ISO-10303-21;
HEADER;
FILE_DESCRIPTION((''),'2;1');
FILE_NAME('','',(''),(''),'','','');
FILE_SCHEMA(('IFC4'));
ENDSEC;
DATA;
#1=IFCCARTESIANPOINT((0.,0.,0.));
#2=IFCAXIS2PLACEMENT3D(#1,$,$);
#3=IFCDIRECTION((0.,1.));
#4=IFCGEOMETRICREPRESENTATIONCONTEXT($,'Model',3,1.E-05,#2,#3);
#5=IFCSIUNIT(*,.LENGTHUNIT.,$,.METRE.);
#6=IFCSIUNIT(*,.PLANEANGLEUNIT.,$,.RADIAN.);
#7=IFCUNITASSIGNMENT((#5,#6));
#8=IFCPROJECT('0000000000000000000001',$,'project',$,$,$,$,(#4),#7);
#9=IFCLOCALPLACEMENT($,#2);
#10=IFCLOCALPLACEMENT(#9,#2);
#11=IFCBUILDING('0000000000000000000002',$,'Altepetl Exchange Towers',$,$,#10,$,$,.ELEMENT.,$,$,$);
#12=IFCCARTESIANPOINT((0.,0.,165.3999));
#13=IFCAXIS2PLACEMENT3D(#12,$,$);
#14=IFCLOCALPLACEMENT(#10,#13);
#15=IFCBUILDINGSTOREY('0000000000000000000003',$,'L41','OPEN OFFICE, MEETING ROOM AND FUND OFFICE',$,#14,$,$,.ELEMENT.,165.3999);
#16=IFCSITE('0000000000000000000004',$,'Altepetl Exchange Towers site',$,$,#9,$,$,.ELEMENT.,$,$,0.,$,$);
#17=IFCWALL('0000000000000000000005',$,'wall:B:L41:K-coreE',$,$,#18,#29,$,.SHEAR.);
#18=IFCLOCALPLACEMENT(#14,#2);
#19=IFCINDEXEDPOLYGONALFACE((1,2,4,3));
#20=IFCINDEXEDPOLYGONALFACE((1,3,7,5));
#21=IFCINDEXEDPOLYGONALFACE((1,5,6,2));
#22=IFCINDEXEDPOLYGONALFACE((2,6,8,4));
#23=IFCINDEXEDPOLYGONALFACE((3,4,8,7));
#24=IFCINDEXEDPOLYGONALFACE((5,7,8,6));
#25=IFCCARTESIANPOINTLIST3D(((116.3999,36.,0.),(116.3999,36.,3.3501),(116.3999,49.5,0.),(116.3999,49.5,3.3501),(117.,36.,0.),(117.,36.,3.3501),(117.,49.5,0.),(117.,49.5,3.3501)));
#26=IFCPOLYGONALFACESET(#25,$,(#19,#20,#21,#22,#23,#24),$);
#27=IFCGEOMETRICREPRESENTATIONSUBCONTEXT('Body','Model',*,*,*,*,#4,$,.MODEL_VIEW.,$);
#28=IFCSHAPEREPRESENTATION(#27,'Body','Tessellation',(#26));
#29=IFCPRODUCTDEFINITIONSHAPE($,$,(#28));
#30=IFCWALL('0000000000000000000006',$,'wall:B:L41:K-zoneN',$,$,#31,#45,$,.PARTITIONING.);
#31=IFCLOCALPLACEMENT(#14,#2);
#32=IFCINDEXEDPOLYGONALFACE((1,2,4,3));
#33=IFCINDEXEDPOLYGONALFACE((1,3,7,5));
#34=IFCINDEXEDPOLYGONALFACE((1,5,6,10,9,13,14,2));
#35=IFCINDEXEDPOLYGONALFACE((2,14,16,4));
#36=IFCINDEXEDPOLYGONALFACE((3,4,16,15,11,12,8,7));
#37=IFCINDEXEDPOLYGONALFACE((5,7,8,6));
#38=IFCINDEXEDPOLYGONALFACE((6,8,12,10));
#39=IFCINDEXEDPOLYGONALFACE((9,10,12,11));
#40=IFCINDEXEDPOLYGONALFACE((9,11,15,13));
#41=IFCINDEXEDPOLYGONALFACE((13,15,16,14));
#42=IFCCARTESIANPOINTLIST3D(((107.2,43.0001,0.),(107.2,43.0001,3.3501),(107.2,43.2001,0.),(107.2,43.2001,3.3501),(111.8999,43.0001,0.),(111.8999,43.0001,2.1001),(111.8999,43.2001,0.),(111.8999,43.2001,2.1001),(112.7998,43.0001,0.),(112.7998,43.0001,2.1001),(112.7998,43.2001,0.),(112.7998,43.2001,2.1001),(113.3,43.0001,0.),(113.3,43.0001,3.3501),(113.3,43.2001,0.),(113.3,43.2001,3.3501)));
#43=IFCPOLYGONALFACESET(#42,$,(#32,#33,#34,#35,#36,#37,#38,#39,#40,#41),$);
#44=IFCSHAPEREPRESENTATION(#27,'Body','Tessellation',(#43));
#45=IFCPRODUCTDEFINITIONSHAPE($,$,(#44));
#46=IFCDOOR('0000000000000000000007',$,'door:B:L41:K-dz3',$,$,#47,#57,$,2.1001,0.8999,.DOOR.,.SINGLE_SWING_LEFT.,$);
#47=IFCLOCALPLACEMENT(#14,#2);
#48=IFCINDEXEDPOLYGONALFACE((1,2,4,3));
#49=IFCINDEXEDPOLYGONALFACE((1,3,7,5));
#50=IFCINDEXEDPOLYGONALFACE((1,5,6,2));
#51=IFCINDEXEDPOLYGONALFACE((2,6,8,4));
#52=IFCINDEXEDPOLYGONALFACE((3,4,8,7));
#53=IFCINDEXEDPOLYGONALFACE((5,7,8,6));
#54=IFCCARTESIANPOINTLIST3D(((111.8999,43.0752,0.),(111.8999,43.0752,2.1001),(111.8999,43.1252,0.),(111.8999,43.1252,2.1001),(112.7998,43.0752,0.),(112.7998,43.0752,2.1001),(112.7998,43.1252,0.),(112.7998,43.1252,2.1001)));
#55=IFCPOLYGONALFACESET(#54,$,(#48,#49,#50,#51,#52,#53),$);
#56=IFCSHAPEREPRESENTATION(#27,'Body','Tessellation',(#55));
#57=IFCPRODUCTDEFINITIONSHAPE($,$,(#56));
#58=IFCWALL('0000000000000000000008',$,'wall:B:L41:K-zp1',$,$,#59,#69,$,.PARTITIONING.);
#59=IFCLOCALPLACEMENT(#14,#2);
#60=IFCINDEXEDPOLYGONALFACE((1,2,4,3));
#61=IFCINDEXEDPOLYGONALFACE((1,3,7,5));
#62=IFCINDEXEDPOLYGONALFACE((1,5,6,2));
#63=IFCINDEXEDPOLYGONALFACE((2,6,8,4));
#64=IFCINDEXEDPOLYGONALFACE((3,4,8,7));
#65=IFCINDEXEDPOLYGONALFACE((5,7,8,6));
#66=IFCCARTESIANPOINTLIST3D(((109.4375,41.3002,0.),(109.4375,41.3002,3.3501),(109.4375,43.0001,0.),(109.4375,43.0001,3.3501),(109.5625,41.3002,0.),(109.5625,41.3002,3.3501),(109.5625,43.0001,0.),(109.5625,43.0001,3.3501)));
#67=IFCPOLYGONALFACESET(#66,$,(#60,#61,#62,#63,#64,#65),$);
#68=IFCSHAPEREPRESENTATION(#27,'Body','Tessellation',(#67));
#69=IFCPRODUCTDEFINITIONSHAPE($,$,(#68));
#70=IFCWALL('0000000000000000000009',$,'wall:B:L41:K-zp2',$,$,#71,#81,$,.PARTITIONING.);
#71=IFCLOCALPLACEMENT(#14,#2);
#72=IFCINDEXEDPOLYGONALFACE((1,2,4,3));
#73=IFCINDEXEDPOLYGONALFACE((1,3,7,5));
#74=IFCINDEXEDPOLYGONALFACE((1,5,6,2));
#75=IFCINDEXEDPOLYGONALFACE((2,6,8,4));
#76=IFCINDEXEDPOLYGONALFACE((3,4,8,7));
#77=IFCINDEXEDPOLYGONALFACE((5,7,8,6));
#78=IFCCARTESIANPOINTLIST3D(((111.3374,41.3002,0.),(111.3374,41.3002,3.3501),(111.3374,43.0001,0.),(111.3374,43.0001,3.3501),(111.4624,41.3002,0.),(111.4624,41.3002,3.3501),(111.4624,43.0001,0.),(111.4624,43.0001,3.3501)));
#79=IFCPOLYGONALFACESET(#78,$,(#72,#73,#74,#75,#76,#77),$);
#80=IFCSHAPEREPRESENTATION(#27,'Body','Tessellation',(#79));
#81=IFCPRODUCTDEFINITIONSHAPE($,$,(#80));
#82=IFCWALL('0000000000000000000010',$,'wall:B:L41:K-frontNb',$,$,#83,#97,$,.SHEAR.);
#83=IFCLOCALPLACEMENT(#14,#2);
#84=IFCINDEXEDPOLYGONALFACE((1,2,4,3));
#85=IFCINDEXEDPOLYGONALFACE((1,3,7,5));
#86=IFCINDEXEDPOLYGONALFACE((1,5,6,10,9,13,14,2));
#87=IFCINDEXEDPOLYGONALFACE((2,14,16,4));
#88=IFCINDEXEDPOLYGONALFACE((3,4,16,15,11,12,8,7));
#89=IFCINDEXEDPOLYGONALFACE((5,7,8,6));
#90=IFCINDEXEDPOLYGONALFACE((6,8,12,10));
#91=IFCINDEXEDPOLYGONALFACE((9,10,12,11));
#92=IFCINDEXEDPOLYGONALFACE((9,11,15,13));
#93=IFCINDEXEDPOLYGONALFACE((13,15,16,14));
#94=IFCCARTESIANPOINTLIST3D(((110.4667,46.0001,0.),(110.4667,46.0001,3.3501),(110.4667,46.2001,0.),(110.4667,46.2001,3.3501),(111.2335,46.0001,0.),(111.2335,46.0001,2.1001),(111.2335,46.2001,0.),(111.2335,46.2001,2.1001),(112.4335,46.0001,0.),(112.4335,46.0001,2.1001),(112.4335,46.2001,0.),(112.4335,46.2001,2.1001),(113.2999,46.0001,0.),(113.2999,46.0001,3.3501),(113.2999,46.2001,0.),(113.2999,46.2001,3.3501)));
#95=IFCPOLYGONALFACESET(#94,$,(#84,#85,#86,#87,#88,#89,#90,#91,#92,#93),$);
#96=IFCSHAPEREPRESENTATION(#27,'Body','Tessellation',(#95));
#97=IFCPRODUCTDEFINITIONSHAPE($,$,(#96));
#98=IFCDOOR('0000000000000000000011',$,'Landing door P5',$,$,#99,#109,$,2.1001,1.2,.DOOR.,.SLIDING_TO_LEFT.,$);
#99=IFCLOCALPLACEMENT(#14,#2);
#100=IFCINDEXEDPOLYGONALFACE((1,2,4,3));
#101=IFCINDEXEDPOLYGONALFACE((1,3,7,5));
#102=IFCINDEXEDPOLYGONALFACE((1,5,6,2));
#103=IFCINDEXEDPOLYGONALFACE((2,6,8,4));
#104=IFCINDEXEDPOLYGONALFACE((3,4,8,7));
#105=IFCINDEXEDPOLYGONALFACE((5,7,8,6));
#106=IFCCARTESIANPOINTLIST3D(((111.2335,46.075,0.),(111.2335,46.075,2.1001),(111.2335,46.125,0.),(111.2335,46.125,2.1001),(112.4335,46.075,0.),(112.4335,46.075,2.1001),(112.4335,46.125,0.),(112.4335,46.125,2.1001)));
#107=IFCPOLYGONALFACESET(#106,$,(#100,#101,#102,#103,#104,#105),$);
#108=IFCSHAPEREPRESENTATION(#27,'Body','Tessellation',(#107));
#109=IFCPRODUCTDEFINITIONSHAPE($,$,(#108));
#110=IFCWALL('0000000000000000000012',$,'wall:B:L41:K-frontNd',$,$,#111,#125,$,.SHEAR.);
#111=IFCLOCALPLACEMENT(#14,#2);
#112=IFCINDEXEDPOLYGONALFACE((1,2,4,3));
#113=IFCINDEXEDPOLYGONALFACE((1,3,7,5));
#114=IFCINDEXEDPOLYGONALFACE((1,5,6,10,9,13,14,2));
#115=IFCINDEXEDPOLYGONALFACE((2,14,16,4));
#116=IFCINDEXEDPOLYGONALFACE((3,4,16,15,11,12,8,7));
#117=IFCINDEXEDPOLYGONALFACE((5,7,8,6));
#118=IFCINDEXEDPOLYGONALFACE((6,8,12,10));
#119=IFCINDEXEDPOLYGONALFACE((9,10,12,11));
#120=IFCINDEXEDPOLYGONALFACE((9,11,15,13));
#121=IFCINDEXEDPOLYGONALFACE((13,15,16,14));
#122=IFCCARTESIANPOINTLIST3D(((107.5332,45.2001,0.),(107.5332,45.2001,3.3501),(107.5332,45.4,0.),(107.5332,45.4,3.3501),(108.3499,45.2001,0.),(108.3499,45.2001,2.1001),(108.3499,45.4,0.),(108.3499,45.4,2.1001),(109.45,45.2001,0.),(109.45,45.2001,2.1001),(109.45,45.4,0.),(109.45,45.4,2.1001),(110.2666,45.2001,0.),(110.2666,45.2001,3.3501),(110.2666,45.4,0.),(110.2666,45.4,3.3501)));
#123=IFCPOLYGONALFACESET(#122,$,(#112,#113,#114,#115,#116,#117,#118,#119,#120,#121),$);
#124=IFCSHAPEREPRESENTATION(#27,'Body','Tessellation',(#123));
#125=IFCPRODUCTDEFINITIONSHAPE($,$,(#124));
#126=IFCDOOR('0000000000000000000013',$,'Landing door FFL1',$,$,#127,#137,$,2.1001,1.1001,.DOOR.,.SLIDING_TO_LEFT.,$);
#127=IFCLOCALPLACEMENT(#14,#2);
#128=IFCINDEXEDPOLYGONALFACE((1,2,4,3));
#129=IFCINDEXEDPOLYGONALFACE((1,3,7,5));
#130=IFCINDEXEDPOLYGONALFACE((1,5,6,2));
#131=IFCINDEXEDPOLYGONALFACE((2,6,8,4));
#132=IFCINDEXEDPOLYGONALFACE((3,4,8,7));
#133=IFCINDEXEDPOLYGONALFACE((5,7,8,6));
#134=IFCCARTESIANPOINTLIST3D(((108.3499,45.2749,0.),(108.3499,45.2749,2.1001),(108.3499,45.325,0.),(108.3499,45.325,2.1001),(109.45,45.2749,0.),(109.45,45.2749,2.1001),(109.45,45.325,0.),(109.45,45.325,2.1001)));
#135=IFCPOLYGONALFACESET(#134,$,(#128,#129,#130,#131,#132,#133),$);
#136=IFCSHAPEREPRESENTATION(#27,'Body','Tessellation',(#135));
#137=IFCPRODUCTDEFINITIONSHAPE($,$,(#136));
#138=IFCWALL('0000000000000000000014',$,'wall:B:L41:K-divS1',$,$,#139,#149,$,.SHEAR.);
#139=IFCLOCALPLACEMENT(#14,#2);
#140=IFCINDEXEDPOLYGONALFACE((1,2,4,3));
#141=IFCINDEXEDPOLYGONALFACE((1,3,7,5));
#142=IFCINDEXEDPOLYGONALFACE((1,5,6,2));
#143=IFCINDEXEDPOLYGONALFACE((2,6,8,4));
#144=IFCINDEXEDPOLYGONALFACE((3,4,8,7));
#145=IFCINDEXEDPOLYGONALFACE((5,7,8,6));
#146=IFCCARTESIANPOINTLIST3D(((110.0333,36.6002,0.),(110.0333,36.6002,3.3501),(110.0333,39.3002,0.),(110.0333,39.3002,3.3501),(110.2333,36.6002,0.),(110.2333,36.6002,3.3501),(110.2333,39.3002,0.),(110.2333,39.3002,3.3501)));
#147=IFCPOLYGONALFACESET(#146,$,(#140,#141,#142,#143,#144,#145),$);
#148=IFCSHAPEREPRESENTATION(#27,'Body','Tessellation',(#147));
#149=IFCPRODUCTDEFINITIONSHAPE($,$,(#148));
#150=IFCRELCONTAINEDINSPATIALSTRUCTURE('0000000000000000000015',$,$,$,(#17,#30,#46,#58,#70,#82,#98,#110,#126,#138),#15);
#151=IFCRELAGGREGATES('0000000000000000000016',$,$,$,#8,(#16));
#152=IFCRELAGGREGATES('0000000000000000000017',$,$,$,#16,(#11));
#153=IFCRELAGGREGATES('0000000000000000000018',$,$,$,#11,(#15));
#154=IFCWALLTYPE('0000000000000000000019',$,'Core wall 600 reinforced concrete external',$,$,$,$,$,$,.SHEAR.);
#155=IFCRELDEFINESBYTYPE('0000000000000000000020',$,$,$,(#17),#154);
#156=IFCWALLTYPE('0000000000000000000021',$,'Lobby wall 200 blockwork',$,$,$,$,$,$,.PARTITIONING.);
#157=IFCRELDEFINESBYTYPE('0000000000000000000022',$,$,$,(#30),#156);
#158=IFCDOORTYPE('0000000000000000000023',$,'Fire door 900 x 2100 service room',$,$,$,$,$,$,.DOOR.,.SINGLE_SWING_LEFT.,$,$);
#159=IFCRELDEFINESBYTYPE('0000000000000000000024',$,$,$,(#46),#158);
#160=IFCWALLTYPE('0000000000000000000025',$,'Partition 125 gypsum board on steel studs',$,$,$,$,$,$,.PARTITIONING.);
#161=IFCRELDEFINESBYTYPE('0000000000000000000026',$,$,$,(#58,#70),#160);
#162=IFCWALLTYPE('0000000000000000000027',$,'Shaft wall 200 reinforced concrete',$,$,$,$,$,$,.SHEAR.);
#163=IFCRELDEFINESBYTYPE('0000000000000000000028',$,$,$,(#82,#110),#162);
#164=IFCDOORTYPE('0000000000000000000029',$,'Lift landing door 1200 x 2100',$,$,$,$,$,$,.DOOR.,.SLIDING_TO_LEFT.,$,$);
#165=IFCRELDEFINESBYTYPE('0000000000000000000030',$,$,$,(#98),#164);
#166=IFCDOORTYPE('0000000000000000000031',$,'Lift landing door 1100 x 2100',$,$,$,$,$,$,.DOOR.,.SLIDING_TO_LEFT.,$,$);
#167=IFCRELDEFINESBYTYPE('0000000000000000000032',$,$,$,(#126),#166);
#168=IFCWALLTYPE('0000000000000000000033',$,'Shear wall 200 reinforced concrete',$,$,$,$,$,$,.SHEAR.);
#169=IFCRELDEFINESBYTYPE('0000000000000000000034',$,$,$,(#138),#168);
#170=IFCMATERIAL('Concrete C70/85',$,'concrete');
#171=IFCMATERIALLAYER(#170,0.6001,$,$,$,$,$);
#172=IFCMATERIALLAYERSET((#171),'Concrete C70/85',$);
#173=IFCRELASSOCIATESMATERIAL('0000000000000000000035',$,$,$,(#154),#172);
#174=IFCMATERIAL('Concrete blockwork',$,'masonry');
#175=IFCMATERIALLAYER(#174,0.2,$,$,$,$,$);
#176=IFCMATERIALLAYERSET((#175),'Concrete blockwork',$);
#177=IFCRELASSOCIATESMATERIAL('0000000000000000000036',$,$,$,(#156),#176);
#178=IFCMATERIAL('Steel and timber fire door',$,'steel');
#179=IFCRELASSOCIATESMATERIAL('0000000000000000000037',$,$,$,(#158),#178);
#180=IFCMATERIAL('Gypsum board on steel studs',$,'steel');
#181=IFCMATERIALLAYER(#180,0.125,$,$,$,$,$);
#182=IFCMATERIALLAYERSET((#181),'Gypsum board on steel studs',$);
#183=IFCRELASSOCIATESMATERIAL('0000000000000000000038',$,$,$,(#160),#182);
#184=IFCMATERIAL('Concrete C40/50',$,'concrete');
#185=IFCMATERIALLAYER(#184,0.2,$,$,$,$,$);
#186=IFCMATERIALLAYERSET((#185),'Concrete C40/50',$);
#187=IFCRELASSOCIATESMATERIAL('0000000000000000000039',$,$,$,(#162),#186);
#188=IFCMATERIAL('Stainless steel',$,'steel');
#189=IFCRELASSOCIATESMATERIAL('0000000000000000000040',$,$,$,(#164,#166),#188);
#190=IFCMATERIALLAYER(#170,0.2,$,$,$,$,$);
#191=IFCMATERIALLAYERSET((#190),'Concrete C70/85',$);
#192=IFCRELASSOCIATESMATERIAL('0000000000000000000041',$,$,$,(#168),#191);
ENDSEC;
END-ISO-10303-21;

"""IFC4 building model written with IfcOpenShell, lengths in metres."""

from ifc_helpers import new_model, si_unit, direction, frame, frame_2d, origin, place, context, subcontext, project, spatial, rectangle, extrude, material, layer, layer_set, type_object, element, fill, save


model = new_model("IFC4")

# Units and contexts
model_context = context("Model", 3, precision=1e-05, world=origin(), true_north=direction((0.0, 1.0)))
body_context = subcontext(model_context, "Body", "Model", "MODEL_VIEW")
ifc_project = project(units=[si_unit("LENGTHUNIT", "METRE"), si_unit("PLANEANGLEUNIT", "RADIAN")], contexts=[model_context])

# Site, building, storey
site_placement = place(None, origin())
site = spatial("IfcSite", under=ifc_project, at=site_placement, Name="Altepetl Exchange Towers site", CompositionType="ELEMENT", RefElevation=0.0)
building_placement = place(site_placement, origin())
building = spatial("IfcBuilding", under=site, at=building_placement, Name="Altepetl Exchange Towers", CompositionType="ELEMENT")
storey_placement = place(building_placement, frame((0.0, 0.0, 165.3999)))
storey = spatial("IfcBuildingStorey", under=building, at=storey_placement, Name="L41", Description="OPEN OFFICE, MEETING ROOM AND FUND OFFICE", CompositionType="ELEMENT", Elevation=165.3999)

# Wall
ifc_material_1 = material(Name="Concrete C70/85", Category="concrete")
ifc_layer_1 = layer(ifc_material_1, 0.6001)
ifc_layer_set_1 = layer_set([ifc_layer_1], Name="Concrete C70/85")
wall_type_1 = type_object("IfcWallType", Name="Core wall 600 reinforced concrete external", PredefinedType="SHEAR", material=ifc_layer_set_1)
wall_1_placement = place(storey_placement, frame((116.7, 36.0, 0.0), z_axis=(0.0, 0.0, 1.0), x_axis=(0.0, 1.0, 0.0)))
element("IfcWall", 1, at=wall_1_placement, inside=storey, type_object=wall_type_1, Name="wall:B:L41:K-coreE", PredefinedType="SHEAR", context=body_context, shape_type="SweptSolid", body=[
    extrude(rectangle(XDim=13.5, YDim=0.6001, at=frame_2d((6.75, 0.0))), origin(), (0.0, 0.0, 1.0), 3.3501),
])

# Wall, opening, door
ifc_material_2 = material(Name="Concrete blockwork", Category="masonry")
ifc_layer_2 = layer(ifc_material_2, 0.2)
ifc_layer_set_2 = layer_set([ifc_layer_2], Name="Concrete blockwork")
wall_type_2 = type_object("IfcWallType", Name="Lobby wall 200 blockwork", PredefinedType="PARTITIONING", material=ifc_layer_set_2)
wall_2_placement = place(storey_placement, frame((107.2, 43.1001, 0.0)))
wall_2 = element("IfcWall", 2, at=wall_2_placement, inside=storey, type_object=wall_type_2, Name="wall:B:L41:K-zoneN", PredefinedType="PARTITIONING", context=body_context, shape_type="SweptSolid", body=[
    extrude(rectangle(XDim=6.1001, YDim=0.2, at=frame_2d((3.05, 0.0))), origin(), (0.0, 0.0, 1.0), 3.3501),
])
opening_1_placement = place(wall_2_placement, frame((4.7, 0.0, 0.0)))
opening_1 = element("IfcOpeningElement", 3, at=opening_1_placement, cuts=wall_2, PredefinedType="OPENING", context=body_context, shape_type="SweptSolid", body=[
    extrude(rectangle(XDim=0.8999, YDim=2.1001, at=frame_2d((0.45, 1.05))), frame((0.0, 0.1099, 0.0), z_axis=(0.0, -1.0, 0.0), x_axis=(1.0, 0.0, 0.0)), (0.0, 0.0, 1.0), 0.22),
])
ifc_material_3 = material(Name="Steel and timber fire door", Category="steel")
door_type_1 = type_object("IfcDoorType", Name="Fire door 900 x 2100 service room", OperationType="SINGLE_SWING_LEFT", PredefinedType="DOOR", material=ifc_material_3)
door_1_placement = place(opening_1_placement, frame((0.8999, 0.0, 0.0), x_axis=(-1.0, 0.0, 0.0)))
door_1 = element("IfcDoor", 4, at=door_1_placement, inside=storey, type_object=door_type_1, Name="door:B:L41:K-dz3", OperationType="SINGLE_SWING_LEFT", OverallHeight=2.1001, OverallWidth=0.8999, PredefinedType="DOOR", context=body_context, shape_type="SweptSolid", body=[
    extrude(rectangle(XDim=0.8999, YDim=2.1001, at=frame_2d((0.45, 1.05))), frame((0.0, 0.0249, 0.0), z_axis=(0.0, -1.0, 0.0), x_axis=(1.0, 0.0, 0.0)), (0.0, 0.0, 1.0), 0.05),
])
fill(opening_1, door_1)

# Walls
ifc_material_4 = material(Name="Gypsum board on steel studs", Category="steel")
ifc_layer_3 = layer(ifc_material_4, 0.125)
ifc_layer_set_3 = layer_set([ifc_layer_3], Name="Gypsum board on steel studs")
wall_type_3 = type_object("IfcWallType", Name="Partition 125 gypsum board on steel studs", PredefinedType="PARTITIONING", material=ifc_layer_set_3)
for number, where, z_axis, x_axis, name in (
    (5, (109.5, 41.3, 0.0), (0.0, 0.0, 1.0), (0.0, 1.0, 0.0), "wall:B:L41:K-zp1"),
    (6, (111.3999, 41.3, 0.0), (0.0, 0.0, 1.0), (0.0, 1.0, 0.0), "wall:B:L41:K-zp2"),
):
    element("IfcWall", number, at=place(storey_placement, frame(where, z_axis=z_axis, x_axis=x_axis)), inside=storey, type_object=wall_type_3, Name=name, PredefinedType="PARTITIONING", context=body_context, shape_type="SweptSolid", body=[
        extrude(rectangle(XDim=1.7, YDim=0.125, at=frame_2d((0.8501, 0.0))), origin(), (0.0, 0.0, 1.0), 3.3501),
    ])

# Walls, openings, doors
ifc_material_5 = material(Name="Concrete C40/50", Category="concrete")
ifc_layer_4 = layer(ifc_material_5, 0.2)
ifc_layer_set_4 = layer_set([ifc_layer_4], Name="Concrete C40/50")
wall_type_4 = type_object("IfcWallType", Name="Shaft wall 200 reinforced concrete", PredefinedType="SHEAR", material=ifc_layer_set_4)
wall_3_placement = place(storey_placement, frame((110.4668, 46.1001, 0.0)))
wall_3 = element("IfcWall", 7, at=wall_3_placement, inside=storey, type_object=wall_type_4, Name="wall:B:L41:K-frontNb", PredefinedType="SHEAR", context=body_context, shape_type="SweptSolid", body=[
    extrude(rectangle(XDim=2.8333, YDim=0.2, at=frame_2d((1.4165, 0.0))), origin(), (0.0, 0.0, 1.0), 3.3501),
])
opening_2_placement = place(wall_3_placement, frame((0.7666, 0.0, 0.0)))
opening_2 = element("IfcOpeningElement", 8, at=opening_2_placement, cuts=wall_3, PredefinedType="OPENING", context=body_context, shape_type="SweptSolid", body=[
    extrude(rectangle(XDim=1.2, YDim=2.1001, at=frame_2d((0.6001, 1.05))), frame((0.0, 0.1099, 0.0), z_axis=(0.0, -1.0, 0.0), x_axis=(1.0, 0.0, 0.0)), (0.0, 0.0, 1.0), 0.22),
])
ifc_material_6 = material(Name="Stainless steel", Category="steel")
door_type_2 = type_object("IfcDoorType", Name="Lift landing door 1200 x 2100", OperationType="SLIDING_TO_LEFT", PredefinedType="DOOR", material=ifc_material_6)
door_2_placement = place(opening_2_placement, origin())
door_2 = element("IfcDoor", 9, at=door_2_placement, inside=storey, type_object=door_type_2, Name="Landing door P5", OperationType="SLIDING_TO_LEFT", OverallHeight=2.1001, OverallWidth=1.2, PredefinedType="DOOR", context=body_context, shape_type="SweptSolid", body=[
    extrude(rectangle(XDim=1.2, YDim=2.1001, at=frame_2d((0.6001, 1.05))), frame((0.0, 0.0249, 0.0), z_axis=(0.0, -1.0, 0.0), x_axis=(1.0, 0.0, 0.0)), (0.0, 0.0, 1.0), 0.05),
])
fill(opening_2, door_2)
wall_4_placement = place(storey_placement, frame((107.5332, 45.3, 0.0)))
wall_4 = element("IfcWall", 10, at=wall_4_placement, inside=storey, type_object=wall_type_4, Name="wall:B:L41:K-frontNd", PredefinedType="SHEAR", context=body_context, shape_type="SweptSolid", body=[
    extrude(rectangle(XDim=2.7334, YDim=0.2, at=frame_2d((1.3667, 0.0))), origin(), (0.0, 0.0, 1.0), 3.3501),
])
opening_3_placement = place(wall_4_placement, frame((0.8167, 0.0, 0.0)))
opening_3 = element("IfcOpeningElement", 11, at=opening_3_placement, cuts=wall_4, PredefinedType="OPENING", context=body_context, shape_type="SweptSolid", body=[
    extrude(rectangle(XDim=1.1001, YDim=2.1001, at=frame_2d((0.55, 1.05))), frame((0.0, 0.1099, 0.0), z_axis=(0.0, -1.0, 0.0), x_axis=(1.0, 0.0, 0.0)), (0.0, 0.0, 1.0), 0.22),
])
door_type_3 = type_object("IfcDoorType", Name="Lift landing door 1100 x 2100", OperationType="SLIDING_TO_LEFT", PredefinedType="DOOR", material=ifc_material_6)
door_3_placement = place(opening_3_placement, origin())
door_3 = element("IfcDoor", 12, at=door_3_placement, inside=storey, type_object=door_type_3, Name="Landing door FFL1", OperationType="SLIDING_TO_LEFT", OverallHeight=2.1001, OverallWidth=1.1001, PredefinedType="DOOR", context=body_context, shape_type="SweptSolid", body=[
    extrude(rectangle(XDim=1.1001, YDim=2.1001, at=frame_2d((0.55, 1.05))), frame((0.0, 0.0249, 0.0), z_axis=(0.0, -1.0, 0.0), x_axis=(1.0, 0.0, 0.0)), (0.0, 0.0, 1.0), 0.05),
])
fill(opening_3, door_3)

# Wall
ifc_layer_5 = layer(ifc_material_1, 0.2)
ifc_layer_set_5 = layer_set([ifc_layer_5], Name="Concrete C70/85")
wall_type_5 = type_object("IfcWallType", Name="Shear wall 200 reinforced concrete", PredefinedType="SHEAR", material=ifc_layer_set_5)
wall_5_placement = place(storey_placement, frame((110.1333, 36.6001, 0.0), z_axis=(0.0, 0.0, 1.0), x_axis=(0.0, 1.0, 0.0)))
element("IfcWall", 13, at=wall_5_placement, inside=storey, type_object=wall_type_5, Name="wall:B:L41:K-divS1", PredefinedType="SHEAR", context=body_context, shape_type="SweptSolid", body=[
    extrude(rectangle(XDim=2.7, YDim=0.2, at=frame_2d((1.3501, 0.0))), origin(), (0.0, 0.0, 1.0), 3.3501),
])

save(model, "model.ifc")
